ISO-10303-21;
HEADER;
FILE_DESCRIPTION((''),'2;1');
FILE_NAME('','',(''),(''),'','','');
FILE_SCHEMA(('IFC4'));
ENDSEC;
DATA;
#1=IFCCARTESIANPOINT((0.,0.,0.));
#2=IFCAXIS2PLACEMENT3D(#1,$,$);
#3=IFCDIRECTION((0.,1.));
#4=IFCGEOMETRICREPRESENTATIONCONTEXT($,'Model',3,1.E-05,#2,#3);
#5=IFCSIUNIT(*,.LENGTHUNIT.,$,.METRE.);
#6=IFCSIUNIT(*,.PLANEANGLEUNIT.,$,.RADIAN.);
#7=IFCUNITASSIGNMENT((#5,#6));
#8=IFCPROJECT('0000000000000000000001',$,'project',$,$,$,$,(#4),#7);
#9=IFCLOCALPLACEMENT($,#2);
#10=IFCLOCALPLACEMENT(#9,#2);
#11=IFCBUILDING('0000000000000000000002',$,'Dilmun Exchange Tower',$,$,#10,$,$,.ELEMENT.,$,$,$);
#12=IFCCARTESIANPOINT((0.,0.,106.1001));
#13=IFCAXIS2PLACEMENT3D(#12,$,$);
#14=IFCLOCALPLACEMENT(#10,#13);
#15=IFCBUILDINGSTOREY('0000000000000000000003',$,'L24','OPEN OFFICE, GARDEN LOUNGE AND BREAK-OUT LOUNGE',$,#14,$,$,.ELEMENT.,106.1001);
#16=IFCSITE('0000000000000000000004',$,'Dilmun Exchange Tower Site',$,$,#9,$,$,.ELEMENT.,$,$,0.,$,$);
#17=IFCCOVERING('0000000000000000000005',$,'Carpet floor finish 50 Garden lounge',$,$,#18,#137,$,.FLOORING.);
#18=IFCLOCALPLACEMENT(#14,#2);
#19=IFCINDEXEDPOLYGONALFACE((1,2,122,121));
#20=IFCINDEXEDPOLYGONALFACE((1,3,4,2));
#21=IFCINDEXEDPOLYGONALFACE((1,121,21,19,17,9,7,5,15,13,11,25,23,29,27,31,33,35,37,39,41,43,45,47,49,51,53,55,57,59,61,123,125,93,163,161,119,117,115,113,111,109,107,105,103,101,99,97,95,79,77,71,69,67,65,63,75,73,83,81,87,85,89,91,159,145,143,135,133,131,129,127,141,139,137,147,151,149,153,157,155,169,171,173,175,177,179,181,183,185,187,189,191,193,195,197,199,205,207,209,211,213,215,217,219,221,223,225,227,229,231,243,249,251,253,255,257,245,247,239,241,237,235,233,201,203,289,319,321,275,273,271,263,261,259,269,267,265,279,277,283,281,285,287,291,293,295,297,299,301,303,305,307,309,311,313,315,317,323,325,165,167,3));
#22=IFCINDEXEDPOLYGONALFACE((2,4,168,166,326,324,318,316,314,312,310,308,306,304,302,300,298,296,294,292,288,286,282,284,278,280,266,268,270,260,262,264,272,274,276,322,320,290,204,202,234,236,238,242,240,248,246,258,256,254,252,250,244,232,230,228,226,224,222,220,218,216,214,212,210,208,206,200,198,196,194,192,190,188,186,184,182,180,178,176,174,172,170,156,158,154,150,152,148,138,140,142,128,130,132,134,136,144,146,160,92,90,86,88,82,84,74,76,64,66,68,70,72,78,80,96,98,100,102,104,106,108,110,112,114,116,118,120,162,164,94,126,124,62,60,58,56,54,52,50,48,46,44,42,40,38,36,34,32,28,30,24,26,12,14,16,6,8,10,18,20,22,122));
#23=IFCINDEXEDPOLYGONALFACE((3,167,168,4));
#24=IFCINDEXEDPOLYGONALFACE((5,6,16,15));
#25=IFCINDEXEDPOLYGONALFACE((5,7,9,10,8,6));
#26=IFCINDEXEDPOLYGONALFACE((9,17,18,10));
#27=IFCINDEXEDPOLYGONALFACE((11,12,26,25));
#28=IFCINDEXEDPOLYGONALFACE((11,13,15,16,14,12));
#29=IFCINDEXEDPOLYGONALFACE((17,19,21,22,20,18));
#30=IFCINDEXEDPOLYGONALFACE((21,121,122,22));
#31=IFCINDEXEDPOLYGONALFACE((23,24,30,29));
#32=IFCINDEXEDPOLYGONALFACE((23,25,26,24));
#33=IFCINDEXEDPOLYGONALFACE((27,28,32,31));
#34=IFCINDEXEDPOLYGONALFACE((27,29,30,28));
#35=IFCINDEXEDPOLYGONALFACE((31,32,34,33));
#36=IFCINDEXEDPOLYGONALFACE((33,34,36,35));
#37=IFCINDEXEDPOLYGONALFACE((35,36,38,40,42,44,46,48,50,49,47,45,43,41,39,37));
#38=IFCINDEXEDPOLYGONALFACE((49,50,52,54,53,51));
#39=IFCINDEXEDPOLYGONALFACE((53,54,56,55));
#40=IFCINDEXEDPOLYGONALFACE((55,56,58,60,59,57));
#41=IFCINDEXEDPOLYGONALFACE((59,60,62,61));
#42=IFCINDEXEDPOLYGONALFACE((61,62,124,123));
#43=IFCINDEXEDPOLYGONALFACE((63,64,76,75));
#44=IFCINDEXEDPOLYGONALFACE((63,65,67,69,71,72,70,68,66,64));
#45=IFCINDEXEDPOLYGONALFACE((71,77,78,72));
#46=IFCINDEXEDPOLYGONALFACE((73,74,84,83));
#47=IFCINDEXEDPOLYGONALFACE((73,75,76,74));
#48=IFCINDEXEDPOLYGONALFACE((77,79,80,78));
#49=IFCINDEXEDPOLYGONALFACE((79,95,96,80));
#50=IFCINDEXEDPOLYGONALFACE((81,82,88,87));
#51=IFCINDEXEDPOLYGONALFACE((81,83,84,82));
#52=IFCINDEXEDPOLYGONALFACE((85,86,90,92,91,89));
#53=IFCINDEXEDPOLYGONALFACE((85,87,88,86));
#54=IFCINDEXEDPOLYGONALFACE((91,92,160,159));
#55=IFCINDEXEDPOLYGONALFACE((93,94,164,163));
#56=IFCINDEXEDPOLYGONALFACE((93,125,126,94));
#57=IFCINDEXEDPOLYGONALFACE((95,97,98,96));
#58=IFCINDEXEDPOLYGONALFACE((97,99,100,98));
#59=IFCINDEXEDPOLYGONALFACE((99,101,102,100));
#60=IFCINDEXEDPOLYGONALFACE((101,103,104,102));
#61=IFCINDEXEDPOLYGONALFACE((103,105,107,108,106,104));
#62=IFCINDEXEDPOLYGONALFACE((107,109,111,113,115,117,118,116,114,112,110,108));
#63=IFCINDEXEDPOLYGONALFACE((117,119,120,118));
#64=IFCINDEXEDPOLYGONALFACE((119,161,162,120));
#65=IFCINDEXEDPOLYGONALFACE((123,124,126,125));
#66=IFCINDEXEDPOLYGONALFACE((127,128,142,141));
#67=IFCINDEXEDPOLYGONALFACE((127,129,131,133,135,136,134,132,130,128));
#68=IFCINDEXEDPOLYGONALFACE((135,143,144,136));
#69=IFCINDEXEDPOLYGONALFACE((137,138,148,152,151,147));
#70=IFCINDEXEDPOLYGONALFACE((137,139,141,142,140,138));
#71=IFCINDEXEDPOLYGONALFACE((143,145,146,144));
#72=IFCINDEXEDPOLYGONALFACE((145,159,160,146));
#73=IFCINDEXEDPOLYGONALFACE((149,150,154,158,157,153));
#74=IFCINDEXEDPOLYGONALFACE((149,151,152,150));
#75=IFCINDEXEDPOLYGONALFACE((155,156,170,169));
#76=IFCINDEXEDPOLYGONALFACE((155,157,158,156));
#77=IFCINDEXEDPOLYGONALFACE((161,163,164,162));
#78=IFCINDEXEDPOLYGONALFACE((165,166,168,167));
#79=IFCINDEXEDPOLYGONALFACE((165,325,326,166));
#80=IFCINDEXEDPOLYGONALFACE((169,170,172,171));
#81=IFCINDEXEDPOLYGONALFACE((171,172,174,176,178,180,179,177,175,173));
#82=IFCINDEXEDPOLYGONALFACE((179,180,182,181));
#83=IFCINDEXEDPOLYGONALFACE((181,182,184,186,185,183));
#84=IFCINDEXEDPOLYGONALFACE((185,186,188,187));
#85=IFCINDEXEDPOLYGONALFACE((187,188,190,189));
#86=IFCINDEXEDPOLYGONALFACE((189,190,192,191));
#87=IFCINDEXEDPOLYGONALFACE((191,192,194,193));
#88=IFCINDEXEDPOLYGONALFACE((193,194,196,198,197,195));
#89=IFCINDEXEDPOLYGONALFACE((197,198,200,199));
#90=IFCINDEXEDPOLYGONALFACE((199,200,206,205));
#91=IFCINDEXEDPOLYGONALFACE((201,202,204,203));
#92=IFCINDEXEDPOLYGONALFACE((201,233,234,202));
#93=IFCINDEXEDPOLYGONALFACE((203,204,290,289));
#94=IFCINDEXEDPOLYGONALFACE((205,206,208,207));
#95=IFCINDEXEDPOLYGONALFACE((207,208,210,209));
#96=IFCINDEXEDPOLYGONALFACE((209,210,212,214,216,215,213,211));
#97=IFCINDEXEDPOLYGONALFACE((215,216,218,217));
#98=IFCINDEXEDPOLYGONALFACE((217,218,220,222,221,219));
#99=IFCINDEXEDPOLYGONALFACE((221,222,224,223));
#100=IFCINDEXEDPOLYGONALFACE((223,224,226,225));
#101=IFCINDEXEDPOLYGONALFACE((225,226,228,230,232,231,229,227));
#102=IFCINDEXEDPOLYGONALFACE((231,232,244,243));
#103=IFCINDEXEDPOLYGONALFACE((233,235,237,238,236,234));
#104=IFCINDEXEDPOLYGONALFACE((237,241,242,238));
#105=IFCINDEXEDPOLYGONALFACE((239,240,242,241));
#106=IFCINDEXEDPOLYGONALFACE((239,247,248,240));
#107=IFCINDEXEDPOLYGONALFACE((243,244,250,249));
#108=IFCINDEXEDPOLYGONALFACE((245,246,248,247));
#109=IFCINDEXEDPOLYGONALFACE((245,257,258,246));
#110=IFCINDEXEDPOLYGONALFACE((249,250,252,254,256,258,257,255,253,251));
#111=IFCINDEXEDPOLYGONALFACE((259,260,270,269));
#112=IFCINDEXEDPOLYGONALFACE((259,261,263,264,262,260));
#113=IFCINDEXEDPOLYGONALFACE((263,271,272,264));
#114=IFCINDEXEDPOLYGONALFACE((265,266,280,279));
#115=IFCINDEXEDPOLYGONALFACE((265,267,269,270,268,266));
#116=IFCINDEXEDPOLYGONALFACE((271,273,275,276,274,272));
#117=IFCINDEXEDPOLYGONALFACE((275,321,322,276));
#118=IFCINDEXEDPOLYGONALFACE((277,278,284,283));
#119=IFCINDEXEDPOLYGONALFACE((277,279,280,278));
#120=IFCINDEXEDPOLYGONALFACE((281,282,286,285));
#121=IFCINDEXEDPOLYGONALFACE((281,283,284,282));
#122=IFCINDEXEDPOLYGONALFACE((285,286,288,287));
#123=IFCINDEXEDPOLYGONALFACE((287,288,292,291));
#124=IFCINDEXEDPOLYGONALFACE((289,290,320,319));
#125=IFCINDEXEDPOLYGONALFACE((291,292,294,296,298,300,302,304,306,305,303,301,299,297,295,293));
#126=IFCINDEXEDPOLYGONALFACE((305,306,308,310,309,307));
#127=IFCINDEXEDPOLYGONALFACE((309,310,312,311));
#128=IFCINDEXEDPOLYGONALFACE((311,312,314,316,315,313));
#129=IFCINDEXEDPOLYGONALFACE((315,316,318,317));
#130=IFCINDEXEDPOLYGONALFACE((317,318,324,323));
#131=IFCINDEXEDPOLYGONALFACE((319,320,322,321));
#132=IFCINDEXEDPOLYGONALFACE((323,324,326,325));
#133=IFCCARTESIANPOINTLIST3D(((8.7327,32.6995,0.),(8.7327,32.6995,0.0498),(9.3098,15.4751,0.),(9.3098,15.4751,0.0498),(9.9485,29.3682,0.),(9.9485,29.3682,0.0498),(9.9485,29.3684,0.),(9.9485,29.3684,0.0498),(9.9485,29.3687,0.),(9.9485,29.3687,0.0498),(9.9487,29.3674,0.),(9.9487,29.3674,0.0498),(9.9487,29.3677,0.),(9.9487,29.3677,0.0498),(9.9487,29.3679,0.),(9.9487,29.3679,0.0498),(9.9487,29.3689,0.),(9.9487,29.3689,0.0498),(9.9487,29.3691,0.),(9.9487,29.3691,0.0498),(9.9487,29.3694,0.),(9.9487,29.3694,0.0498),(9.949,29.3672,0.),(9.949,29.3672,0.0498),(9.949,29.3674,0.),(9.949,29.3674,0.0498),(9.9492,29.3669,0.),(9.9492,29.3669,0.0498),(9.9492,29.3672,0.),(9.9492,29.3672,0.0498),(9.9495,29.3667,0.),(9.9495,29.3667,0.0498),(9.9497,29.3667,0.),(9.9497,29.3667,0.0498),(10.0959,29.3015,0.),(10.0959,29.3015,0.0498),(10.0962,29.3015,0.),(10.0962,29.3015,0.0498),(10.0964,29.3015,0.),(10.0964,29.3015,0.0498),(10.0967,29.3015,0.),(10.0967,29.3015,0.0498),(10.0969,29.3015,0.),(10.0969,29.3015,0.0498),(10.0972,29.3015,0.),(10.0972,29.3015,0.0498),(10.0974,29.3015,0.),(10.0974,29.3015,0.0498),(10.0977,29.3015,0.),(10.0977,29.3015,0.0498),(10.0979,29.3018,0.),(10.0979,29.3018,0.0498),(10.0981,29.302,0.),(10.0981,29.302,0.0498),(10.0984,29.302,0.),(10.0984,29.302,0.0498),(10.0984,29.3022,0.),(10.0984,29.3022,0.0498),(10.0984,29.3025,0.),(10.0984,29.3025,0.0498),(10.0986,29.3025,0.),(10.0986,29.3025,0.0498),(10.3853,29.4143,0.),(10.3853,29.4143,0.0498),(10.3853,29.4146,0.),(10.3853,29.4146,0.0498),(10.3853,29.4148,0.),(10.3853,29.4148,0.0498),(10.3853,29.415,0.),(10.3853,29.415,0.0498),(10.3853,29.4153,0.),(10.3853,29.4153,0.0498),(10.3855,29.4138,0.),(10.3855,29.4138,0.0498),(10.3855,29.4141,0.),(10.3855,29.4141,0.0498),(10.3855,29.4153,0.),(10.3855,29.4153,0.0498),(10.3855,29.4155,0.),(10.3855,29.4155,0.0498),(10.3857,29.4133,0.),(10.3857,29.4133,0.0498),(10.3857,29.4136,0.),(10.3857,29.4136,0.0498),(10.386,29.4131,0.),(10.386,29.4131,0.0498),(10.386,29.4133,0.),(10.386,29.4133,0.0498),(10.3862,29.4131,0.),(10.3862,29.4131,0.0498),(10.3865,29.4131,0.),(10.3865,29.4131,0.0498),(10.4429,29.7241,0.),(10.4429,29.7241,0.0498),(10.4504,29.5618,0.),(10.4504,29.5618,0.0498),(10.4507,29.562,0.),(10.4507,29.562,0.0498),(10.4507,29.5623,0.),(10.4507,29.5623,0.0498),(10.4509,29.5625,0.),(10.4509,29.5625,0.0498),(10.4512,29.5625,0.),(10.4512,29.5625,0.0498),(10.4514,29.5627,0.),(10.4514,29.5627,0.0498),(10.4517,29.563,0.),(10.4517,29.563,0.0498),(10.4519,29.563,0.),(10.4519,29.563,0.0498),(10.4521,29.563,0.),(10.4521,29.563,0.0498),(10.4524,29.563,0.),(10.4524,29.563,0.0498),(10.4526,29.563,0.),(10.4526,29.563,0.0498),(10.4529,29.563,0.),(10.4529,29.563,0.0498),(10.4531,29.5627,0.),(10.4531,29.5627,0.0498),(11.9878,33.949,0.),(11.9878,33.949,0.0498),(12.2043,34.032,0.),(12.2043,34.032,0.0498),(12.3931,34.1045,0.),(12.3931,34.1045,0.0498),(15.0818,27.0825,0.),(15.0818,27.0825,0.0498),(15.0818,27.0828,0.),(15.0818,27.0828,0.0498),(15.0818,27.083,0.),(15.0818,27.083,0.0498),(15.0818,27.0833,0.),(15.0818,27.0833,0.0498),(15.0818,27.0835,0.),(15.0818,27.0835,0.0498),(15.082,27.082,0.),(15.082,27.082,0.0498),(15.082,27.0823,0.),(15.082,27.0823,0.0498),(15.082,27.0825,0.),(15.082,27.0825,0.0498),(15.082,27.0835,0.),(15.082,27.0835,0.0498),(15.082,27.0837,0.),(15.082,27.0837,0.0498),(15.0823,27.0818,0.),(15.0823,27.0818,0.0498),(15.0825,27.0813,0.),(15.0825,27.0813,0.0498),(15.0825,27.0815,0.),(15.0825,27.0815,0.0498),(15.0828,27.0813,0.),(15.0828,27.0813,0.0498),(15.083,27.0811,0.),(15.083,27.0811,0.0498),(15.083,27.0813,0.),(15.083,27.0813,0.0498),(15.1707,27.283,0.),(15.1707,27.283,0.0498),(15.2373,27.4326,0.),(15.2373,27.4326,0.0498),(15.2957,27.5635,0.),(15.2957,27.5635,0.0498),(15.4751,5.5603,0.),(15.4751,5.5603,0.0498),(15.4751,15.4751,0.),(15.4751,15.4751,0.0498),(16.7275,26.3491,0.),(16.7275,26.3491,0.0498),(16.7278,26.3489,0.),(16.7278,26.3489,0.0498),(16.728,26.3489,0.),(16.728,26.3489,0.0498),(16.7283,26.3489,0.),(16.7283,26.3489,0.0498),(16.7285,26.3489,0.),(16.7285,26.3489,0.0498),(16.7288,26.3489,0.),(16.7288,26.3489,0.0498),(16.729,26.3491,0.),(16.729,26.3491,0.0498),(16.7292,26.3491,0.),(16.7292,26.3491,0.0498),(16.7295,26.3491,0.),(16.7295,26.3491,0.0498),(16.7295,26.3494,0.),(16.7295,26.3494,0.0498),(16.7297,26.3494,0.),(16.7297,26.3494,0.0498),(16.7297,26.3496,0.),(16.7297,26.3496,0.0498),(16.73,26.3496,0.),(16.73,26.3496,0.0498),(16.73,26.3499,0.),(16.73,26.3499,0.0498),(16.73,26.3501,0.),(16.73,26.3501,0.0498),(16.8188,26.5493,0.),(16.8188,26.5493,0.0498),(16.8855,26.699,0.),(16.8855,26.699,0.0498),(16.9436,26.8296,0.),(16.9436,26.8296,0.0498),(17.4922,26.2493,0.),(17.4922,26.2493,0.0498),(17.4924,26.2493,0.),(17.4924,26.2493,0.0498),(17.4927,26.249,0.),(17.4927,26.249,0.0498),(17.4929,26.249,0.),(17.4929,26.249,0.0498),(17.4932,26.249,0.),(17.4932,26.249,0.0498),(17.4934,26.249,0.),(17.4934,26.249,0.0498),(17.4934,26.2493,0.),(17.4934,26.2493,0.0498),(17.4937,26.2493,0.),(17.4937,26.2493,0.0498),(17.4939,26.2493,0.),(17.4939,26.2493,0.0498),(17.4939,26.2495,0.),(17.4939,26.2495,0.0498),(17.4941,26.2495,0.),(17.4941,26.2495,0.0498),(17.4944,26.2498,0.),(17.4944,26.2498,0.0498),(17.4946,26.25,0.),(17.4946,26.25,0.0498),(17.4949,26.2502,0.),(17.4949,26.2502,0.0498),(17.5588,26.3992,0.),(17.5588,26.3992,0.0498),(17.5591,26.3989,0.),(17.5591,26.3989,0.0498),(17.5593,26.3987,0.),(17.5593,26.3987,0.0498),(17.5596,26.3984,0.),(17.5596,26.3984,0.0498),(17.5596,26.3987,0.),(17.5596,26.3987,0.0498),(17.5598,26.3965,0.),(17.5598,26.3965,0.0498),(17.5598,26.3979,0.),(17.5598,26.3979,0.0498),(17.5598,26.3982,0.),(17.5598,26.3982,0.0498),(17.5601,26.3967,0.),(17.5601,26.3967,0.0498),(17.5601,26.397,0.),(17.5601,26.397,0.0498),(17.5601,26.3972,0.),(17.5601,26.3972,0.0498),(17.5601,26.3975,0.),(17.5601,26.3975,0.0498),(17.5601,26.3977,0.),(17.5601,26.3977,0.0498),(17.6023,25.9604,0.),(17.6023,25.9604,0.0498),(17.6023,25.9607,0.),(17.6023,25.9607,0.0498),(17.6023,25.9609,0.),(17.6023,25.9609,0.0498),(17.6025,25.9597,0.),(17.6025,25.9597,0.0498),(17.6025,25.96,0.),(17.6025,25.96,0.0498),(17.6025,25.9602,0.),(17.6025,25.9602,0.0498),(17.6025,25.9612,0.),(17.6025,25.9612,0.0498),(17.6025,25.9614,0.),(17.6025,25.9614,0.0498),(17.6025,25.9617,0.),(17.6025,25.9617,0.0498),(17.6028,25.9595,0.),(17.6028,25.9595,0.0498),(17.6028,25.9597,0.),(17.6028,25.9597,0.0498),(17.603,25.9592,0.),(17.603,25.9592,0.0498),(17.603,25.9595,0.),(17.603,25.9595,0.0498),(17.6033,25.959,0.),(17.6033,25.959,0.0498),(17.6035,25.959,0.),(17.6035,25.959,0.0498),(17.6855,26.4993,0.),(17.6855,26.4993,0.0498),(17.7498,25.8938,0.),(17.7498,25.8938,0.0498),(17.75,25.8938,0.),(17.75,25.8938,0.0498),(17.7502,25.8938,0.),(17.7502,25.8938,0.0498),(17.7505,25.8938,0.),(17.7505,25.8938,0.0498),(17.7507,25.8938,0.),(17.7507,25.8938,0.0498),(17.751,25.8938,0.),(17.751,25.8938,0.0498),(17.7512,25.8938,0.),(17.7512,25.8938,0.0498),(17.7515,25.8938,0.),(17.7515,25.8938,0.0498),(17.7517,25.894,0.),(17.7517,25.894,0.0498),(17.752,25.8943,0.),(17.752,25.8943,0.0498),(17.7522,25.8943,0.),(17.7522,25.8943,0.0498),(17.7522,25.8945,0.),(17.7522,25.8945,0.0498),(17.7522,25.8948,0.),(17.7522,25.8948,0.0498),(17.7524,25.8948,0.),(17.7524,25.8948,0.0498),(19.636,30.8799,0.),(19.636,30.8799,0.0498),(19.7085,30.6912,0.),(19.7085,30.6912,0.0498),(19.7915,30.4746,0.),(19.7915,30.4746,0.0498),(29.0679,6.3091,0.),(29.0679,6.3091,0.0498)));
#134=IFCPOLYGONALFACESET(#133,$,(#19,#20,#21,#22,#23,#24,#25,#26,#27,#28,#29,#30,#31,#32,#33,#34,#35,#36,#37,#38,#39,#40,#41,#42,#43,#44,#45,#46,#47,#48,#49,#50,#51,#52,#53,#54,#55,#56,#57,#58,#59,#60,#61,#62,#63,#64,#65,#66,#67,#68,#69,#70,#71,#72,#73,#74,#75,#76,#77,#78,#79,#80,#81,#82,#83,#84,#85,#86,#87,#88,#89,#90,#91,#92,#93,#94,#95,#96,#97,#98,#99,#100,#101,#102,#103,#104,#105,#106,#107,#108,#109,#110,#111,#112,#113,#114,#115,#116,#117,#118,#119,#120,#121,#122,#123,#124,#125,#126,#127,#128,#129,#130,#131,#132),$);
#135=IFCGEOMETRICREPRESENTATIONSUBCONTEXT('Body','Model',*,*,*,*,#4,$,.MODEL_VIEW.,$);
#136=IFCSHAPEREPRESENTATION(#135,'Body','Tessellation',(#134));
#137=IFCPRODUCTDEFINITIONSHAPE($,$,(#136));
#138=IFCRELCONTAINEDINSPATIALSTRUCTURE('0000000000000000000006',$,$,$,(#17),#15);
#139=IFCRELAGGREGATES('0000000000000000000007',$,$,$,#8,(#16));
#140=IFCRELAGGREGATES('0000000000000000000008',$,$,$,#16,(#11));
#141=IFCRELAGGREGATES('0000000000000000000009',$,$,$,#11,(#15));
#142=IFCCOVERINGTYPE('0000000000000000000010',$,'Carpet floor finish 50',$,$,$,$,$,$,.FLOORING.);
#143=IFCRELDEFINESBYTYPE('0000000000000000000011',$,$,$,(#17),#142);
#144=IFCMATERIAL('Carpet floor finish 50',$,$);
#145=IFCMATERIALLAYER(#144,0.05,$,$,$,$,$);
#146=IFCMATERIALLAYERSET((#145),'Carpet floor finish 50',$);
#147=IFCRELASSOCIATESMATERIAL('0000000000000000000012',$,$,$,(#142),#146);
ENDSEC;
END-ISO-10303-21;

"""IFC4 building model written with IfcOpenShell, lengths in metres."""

from ifc_helpers import new_model, si_unit, direction, frame, origin, place, context, subcontext, project, spatial, polyline, outline, extrude, material, layer, layer_set, type_object, element, save


model = new_model("IFC4")

# Units and contexts
model_context = context("Model", 3, precision=1e-05, world=origin(), true_north=direction((0.0, 1.0)))
body_context = subcontext(model_context, "Body", "Model", "MODEL_VIEW")
ifc_project = project(units=[si_unit("LENGTHUNIT", "METRE"), si_unit("PLANEANGLEUNIT", "RADIAN")], contexts=[model_context])

# Site, building, storey
site_placement = place(None, origin())
site = spatial("IfcSite", under=ifc_project, at=site_placement, Name="Dilmun Exchange Tower Site", CompositionType="ELEMENT", RefElevation=0.0)
building_placement = place(site_placement, origin())
building = spatial("IfcBuilding", under=site, at=building_placement, Name="Dilmun Exchange Tower", CompositionType="ELEMENT")
storey_placement = place(building_placement, frame((0.0, 0.0, 106.1001)))
storey = spatial("IfcBuildingStorey", under=building, at=storey_placement, Name="L24", Description="OPEN OFFICE, GARDEN LOUNGE AND BREAK-OUT LOUNGE", CompositionType="ELEMENT", Elevation=106.1001)

# Covering
ifc_material_1 = material(Name="Carpet floor finish 50")
ifc_layer_1 = layer(ifc_material_1, 0.05)
ifc_layer_set_1 = layer_set([ifc_layer_1], Name="Carpet floor finish 50")
covering_type_1 = type_object("IfcCoveringType", Name="Carpet floor finish 50", PredefinedType="FLOORING", material=ifc_layer_set_1)
covering_1_placement = place(storey_placement, origin())
element("IfcCovering", 1, at=covering_1_placement, inside=storey, type_object=covering_type_1, Name="Carpet floor finish 50 Garden lounge", PredefinedType="FLOORING", context=body_context, shape_type="SweptSolid", body=[
    extrude(outline(polyline([(10.4429, 29.7241), (15.2957, 27.5635), (15.2373, 27.4326), (10.4531, 29.5627), (10.4529, 29.563), (10.4529, 29.563), (10.4526, 29.563), (10.4524, 29.563), (10.4521, 29.563), (10.4519, 29.563), (10.4519, 29.563), (10.4517, 29.563), (10.4514, 29.5627), (10.4514, 29.5627), (10.4512, 29.5625), (10.4509, 29.5625), (10.4507, 29.5623), (10.4507, 29.562), (10.4507, 29.562), (10.4504, 29.5618), (10.3855, 29.4155), (10.3855, 29.4153), (10.3853, 29.4153), (10.3853, 29.415), (10.3853, 29.4148), (10.3853, 29.4148), (10.3853, 29.4146), (10.3853, 29.4143), (10.3855, 29.4141), (10.3855, 29.4138), (10.3855, 29.4138), (10.3857, 29.4136), (10.3857, 29.4133), (10.386, 29.4133), (10.386, 29.4131), (10.3862, 29.4131), (10.3865, 29.4131), (15.1707, 27.283), (15.082, 27.0837), (15.082, 27.0835), (15.0818, 27.0835), (15.0818, 27.0833), (15.0818, 27.083), (15.0818, 27.0828), (15.0818, 27.0825), (15.082, 27.0825), (15.082, 27.0823), (15.082, 27.082), (15.0823, 27.0818), (15.0823, 27.0818), (15.0825, 27.0815), (15.0825, 27.0813), (15.0828, 27.0813), (15.083, 27.0813), (15.083, 27.0811), (16.7275, 26.3491), (16.7278, 26.3489), (16.7278, 26.3489), (16.728, 26.3489), (16.7283, 26.3489), (16.7285, 26.3489), (16.7285, 26.3489), (16.7288, 26.3489), (16.729, 26.3491), (16.7292, 26.3491), (16.7295, 26.3491), (16.7295, 26.3494), (16.7297, 26.3494), (16.7297, 26.3496), (16.73, 26.3496), (16.73, 26.3499), (16.73, 26.3501), (16.8188, 26.5493), (17.4922, 26.2493), (17.4922, 26.2493), (17.4924, 26.2493), (17.4927, 26.249), (17.4929, 26.249), (17.4932, 26.249), (17.4934, 26.249), (17.4934, 26.2493), (17.4937, 26.2493), (17.4939, 26.2493), (17.4939, 26.2495), (17.4941, 26.2495), (17.4944, 26.2498), (17.4944, 26.2498), (17.4946, 26.25), (17.4946, 26.25), (17.4949, 26.2502), (17.5598, 26.3965), (17.5598, 26.3965), (17.5601, 26.3967), (17.5601, 26.397), (17.5601, 26.3972), (17.5601, 26.3975), (17.5601, 26.3977), (17.5601, 26.3977), (17.5598, 26.3979), (17.5598, 26.3982), (17.5598, 26.3982), (17.5596, 26.3984), (17.5596, 26.3987), (17.5593, 26.3987), (17.5591, 26.3989), (17.5591, 26.3989), (17.5588, 26.3992), (16.8855, 26.699), (16.9436, 26.8296), (17.6855, 26.4993), (19.636, 30.8799), (19.7085, 30.6912), (17.6025, 25.9617), (17.6025, 25.9614), (17.6025, 25.9612), (17.6023, 25.9609), (17.6023, 25.9607), (17.6023, 25.9607), (17.6023, 25.9604), (17.6025, 25.9602), (17.6025, 25.96), (17.6025, 25.9597), (17.6028, 25.9597), (17.6028, 25.9595), (17.603, 25.9595), (17.603, 25.9592), (17.6033, 25.959), (17.6035, 25.959), (17.6035, 25.959), (17.7498, 25.8938), (17.75, 25.8938), (17.75, 25.8938), (17.7502, 25.8938), (17.7505, 25.8938), (17.7507, 25.8938), (17.751, 25.8938), (17.7512, 25.8938), (17.7512, 25.8938), (17.7515, 25.8938), (17.7517, 25.894), (17.7517, 25.894), (17.752, 25.8943), (17.7522, 25.8943), (17.7522, 25.8945), (17.7522, 25.8948), (17.7524, 25.8948), (19.7915, 30.4746), (29.0679, 6.3091), (15.4751, 5.5603), (15.4751, 15.4751), (9.3098, 15.4751), (8.7327, 32.6995), (11.9878, 33.949), (9.9487, 29.3694), (9.9487, 29.3691), (9.9487, 29.3689), (9.9485, 29.3687), (9.9485, 29.3684), (9.9485, 29.3684), (9.9485, 29.3682), (9.9487, 29.3679), (9.9487, 29.3677), (9.9487, 29.3674), (9.949, 29.3674), (9.949, 29.3672), (9.9492, 29.3672), (9.9492, 29.3669), (9.9495, 29.3667), (9.9497, 29.3667), (9.9497, 29.3667), (10.0959, 29.3015), (10.0962, 29.3015), (10.0962, 29.3015), (10.0964, 29.3015), (10.0967, 29.3015), (10.0969, 29.3015), (10.0972, 29.3015), (10.0974, 29.3015), (10.0974, 29.3015), (10.0977, 29.3015), (10.0979, 29.3018), (10.0979, 29.3018), (10.0981, 29.302), (10.0984, 29.302), (10.0984, 29.3022), (10.0984, 29.3025), (10.0986, 29.3025), (12.2043, 34.032), (12.3931, 34.1045), (10.4429, 29.7241)])), origin(), (0.0, 0.0, 1.0), 0.0498),
])

save(model, "model.ifc")
